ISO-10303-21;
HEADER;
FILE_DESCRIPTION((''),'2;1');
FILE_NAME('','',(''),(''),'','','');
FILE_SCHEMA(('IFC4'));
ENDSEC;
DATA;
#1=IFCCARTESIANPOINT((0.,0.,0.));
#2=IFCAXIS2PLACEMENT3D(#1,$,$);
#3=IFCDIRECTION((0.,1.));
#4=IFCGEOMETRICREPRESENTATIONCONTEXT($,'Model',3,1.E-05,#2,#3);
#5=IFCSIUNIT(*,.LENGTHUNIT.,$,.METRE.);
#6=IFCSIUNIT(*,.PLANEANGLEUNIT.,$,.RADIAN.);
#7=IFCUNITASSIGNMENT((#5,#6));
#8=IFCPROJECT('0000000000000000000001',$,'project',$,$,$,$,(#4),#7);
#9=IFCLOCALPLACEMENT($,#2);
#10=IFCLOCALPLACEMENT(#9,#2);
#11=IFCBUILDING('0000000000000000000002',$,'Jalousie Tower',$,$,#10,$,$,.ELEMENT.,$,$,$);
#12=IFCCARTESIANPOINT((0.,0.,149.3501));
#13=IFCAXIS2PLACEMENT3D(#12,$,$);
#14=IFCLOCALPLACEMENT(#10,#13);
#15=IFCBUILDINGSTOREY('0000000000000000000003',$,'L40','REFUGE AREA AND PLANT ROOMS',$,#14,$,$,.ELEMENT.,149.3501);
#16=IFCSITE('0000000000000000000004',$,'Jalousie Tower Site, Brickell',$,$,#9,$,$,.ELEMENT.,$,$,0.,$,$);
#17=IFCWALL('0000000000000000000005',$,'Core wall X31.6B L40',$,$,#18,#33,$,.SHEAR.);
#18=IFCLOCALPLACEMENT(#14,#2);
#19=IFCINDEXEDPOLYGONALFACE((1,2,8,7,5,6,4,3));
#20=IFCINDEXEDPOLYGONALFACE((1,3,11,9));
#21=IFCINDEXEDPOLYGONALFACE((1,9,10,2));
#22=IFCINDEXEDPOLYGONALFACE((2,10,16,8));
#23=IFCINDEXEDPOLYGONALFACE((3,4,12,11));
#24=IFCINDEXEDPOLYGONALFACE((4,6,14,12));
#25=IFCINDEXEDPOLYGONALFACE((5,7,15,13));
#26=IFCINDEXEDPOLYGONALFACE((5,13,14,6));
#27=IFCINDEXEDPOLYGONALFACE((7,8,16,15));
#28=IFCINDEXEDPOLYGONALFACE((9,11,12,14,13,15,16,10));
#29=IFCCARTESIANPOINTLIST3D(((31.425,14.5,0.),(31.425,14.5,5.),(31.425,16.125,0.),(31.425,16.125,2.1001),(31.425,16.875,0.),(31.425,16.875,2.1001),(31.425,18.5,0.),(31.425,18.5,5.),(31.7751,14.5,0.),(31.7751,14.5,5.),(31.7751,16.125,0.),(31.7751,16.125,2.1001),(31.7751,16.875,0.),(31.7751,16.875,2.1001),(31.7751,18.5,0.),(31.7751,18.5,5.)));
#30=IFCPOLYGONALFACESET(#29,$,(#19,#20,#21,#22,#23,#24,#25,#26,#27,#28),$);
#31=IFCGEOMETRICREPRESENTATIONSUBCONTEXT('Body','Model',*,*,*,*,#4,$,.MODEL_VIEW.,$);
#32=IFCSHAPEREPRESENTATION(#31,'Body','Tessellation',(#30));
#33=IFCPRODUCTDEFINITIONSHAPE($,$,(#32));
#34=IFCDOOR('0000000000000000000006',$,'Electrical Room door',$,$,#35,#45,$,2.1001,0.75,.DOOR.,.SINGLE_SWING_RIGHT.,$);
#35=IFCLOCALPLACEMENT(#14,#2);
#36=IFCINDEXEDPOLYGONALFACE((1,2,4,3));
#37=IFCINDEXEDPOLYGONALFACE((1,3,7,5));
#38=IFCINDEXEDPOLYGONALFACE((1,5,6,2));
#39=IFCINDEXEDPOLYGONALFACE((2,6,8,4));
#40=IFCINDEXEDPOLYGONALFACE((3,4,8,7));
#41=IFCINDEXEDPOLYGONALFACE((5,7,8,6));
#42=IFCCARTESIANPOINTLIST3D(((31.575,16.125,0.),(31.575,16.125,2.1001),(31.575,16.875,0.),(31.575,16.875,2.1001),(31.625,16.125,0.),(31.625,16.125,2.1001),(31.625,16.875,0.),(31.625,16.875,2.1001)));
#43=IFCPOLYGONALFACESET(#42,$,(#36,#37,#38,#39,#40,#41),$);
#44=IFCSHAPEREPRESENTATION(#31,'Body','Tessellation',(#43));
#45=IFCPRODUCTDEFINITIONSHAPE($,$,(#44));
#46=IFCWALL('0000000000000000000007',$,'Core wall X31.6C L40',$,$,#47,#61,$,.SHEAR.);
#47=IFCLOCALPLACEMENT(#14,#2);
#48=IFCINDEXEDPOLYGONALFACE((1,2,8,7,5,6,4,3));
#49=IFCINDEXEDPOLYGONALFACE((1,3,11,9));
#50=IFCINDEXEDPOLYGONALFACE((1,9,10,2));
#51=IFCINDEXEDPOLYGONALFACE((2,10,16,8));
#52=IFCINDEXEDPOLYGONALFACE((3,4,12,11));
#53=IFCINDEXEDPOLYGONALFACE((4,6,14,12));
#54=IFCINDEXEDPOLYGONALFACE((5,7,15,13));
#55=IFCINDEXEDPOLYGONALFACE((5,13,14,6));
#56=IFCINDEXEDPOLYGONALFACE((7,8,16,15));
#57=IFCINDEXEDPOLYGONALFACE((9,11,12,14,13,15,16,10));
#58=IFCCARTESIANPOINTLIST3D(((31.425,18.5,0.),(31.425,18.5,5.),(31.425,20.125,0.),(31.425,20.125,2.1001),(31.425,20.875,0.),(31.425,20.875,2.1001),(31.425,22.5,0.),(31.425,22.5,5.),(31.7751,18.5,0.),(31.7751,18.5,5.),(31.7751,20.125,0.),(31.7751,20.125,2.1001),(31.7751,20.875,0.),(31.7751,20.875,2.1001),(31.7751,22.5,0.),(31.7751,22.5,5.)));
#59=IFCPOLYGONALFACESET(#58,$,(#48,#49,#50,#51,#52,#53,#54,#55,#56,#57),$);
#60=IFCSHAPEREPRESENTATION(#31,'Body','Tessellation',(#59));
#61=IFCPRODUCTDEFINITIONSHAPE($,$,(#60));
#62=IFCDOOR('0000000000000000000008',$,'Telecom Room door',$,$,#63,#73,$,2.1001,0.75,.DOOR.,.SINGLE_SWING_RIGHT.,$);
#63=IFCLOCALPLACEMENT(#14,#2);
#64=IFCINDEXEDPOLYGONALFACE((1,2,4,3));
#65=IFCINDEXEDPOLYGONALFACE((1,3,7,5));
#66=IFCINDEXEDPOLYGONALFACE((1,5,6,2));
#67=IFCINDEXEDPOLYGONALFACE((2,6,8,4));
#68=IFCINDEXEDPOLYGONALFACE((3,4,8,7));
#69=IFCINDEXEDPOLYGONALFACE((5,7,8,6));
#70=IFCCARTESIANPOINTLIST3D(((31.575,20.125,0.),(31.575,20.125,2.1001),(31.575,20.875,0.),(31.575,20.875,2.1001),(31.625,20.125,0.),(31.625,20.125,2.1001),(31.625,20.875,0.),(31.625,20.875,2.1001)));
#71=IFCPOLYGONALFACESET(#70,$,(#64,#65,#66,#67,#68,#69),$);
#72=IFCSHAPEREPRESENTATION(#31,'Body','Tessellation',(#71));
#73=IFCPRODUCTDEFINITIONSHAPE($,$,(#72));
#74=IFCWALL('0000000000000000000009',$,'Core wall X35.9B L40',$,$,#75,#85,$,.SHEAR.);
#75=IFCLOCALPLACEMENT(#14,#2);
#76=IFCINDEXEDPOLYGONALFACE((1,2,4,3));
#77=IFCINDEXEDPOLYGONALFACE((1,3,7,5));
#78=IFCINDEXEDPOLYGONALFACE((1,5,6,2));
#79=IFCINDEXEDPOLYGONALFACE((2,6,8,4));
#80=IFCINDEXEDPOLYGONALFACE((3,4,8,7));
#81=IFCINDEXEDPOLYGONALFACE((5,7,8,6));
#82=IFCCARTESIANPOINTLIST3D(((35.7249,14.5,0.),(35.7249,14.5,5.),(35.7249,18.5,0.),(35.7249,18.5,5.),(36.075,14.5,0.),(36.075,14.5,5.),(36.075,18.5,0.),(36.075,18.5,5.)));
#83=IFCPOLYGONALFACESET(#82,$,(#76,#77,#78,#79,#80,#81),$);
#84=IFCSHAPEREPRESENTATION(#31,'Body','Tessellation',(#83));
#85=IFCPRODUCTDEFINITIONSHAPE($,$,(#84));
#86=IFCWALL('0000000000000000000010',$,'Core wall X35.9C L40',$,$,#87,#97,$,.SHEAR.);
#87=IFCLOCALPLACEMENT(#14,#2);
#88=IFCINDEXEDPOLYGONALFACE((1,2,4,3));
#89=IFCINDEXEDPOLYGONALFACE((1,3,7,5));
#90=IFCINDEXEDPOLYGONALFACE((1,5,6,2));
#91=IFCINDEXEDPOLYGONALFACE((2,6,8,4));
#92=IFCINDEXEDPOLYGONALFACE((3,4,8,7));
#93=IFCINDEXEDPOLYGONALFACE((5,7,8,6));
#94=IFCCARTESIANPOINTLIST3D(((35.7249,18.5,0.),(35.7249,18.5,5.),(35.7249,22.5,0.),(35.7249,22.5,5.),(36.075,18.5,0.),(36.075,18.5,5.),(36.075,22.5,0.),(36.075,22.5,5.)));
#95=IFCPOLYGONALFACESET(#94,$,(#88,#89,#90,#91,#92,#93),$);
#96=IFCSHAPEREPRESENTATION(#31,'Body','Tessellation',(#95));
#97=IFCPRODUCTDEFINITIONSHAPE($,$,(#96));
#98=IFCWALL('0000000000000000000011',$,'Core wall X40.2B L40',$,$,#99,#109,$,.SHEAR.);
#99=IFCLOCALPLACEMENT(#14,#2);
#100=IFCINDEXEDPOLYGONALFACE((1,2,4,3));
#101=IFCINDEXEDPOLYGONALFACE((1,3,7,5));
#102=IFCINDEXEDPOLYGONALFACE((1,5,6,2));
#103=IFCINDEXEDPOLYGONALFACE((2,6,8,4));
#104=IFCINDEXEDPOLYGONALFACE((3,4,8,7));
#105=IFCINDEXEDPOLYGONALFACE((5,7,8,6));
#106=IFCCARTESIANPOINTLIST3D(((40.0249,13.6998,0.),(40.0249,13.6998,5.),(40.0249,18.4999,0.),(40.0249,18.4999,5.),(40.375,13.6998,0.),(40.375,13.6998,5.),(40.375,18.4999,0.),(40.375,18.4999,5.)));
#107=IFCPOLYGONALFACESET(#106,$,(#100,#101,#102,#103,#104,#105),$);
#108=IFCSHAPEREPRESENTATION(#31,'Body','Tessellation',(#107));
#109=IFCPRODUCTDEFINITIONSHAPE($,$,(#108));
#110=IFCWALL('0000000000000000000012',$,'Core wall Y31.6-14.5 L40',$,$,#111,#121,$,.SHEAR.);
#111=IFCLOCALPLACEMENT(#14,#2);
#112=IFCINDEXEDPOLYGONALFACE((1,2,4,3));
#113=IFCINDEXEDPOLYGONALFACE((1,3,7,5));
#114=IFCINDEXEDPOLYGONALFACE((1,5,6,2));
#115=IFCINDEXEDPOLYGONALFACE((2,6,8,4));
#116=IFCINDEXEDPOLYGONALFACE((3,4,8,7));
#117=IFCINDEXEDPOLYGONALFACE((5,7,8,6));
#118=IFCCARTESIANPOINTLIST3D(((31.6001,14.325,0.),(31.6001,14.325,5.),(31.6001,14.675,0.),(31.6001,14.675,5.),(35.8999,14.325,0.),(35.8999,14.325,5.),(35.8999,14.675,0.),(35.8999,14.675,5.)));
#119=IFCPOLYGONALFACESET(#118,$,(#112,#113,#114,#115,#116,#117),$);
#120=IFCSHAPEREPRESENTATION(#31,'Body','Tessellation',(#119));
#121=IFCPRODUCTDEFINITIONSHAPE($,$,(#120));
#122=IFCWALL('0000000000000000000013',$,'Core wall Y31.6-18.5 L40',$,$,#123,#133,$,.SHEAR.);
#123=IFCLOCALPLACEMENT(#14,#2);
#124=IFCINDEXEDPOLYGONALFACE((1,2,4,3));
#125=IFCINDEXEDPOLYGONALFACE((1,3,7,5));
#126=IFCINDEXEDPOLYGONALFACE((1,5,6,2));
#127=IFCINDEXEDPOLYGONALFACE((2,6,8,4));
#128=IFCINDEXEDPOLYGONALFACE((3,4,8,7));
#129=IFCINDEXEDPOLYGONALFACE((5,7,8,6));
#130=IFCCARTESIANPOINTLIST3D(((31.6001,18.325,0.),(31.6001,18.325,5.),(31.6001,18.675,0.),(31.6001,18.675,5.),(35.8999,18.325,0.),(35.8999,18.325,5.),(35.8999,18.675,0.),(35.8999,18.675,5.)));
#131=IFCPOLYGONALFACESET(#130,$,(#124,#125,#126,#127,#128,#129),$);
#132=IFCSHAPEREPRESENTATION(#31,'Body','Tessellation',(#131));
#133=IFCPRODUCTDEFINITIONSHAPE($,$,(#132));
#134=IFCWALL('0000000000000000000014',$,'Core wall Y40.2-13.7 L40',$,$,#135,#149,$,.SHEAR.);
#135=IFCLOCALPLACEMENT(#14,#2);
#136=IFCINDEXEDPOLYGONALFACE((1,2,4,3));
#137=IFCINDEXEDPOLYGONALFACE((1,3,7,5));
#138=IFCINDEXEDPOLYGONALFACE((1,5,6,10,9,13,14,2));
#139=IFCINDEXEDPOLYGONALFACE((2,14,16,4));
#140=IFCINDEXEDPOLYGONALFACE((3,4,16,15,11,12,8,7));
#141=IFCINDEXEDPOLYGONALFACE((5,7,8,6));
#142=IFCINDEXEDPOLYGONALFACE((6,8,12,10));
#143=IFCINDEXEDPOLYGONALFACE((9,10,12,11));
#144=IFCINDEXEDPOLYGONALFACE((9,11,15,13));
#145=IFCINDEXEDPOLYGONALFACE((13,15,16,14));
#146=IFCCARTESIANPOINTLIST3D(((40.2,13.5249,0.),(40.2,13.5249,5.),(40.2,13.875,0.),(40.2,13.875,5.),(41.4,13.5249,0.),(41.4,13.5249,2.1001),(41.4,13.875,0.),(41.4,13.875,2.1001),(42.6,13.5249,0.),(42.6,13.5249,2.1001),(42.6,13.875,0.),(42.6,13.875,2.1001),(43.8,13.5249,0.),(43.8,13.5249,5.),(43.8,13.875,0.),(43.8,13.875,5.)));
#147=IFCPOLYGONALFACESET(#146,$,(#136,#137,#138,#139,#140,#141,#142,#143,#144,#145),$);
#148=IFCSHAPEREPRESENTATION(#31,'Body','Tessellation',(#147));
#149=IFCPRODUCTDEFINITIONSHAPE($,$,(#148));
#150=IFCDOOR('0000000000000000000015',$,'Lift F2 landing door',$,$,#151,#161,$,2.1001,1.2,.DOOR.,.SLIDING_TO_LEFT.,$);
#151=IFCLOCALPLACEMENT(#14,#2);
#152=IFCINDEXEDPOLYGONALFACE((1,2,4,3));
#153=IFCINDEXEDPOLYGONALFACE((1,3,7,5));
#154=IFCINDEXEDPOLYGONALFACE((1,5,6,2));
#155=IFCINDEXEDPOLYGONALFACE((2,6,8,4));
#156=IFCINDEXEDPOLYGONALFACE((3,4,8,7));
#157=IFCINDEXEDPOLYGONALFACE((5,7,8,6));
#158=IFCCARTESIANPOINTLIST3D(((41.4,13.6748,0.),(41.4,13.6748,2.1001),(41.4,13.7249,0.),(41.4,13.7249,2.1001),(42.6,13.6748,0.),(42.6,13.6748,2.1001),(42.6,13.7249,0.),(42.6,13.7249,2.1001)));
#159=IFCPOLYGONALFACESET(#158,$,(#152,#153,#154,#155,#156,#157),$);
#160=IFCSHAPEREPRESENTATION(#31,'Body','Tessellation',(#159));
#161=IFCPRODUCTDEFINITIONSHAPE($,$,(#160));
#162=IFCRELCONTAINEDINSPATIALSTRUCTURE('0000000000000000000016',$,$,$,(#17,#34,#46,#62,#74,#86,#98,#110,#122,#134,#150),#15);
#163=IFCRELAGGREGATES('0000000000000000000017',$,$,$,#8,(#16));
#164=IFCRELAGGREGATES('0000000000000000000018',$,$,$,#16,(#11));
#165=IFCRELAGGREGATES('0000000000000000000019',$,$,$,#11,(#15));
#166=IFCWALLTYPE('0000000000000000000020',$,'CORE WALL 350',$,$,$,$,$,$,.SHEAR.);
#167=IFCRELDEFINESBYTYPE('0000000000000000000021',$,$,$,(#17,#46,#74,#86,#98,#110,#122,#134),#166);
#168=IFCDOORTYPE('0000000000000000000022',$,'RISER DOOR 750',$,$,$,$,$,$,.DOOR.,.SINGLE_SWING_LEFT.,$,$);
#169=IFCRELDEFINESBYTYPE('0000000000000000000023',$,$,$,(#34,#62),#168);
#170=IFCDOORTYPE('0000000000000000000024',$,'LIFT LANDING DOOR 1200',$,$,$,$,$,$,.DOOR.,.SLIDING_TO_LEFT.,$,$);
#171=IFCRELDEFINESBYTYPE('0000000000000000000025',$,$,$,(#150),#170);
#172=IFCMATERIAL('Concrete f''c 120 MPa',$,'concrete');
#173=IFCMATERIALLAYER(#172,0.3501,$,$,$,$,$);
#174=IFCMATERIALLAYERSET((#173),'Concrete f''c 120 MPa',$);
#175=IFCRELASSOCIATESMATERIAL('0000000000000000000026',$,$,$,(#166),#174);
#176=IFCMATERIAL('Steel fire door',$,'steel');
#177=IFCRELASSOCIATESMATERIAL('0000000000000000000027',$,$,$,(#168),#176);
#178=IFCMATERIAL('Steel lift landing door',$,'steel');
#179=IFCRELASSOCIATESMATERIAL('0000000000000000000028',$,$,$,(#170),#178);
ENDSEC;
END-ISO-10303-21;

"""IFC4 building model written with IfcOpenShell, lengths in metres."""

from ifc_helpers import new_model, si_unit, direction, frame, frame_2d, origin, place, context, subcontext, project, spatial, rectangle, extrude, material, layer, layer_set, type_object, element, fill, save


model = new_model("IFC4")

# Units and contexts
model_context = context("Model", 3, precision=1e-05, world=origin(), true_north=direction((0.0, 1.0)))
body_context = subcontext(model_context, "Body", "Model", "MODEL_VIEW")
ifc_project = project(units=[si_unit("LENGTHUNIT", "METRE"), si_unit("PLANEANGLEUNIT", "RADIAN")], contexts=[model_context])

# Site, building, storey
site_placement = place(None, origin())
site = spatial("IfcSite", under=ifc_project, at=site_placement, Name="Jalousie Tower Site, Brickell", CompositionType="ELEMENT", RefElevation=0.0)
building_placement = place(site_placement, origin())
building = spatial("IfcBuilding", under=site, at=building_placement, Name="Jalousie Tower", CompositionType="ELEMENT")
storey_placement = place(building_placement, frame((0.0, 0.0, 149.3501)))
storey = spatial("IfcBuildingStorey", under=building, at=storey_placement, Name="L40", Description="REFUGE AREA AND PLANT ROOMS", CompositionType="ELEMENT", Elevation=149.3501)

# Walls, openings, doors
ifc_material_1 = material(Name="Concrete f'c 120 MPa", Category="concrete")
ifc_layer = layer(ifc_material_1, 0.3501)
ifc_layer_set = layer_set([ifc_layer], Name="Concrete f'c 120 MPa")
wall_type = type_object("IfcWallType", Name="CORE WALL 350", PredefinedType="SHEAR", material=ifc_layer_set)
wall_1_placement = place(storey_placement, frame((31.6001, 14.5, 0.0), z_axis=(0.0, 0.0, 1.0), x_axis=(0.0, 1.0, 0.0)))
wall_1 = element("IfcWall", 1, at=wall_1_placement, inside=storey, type_object=wall_type, Name="Core wall X31.6B L40", PredefinedType="SHEAR", context=body_context, shape_type="SweptSolid", body=[
    extrude(rectangle(XDim=4.0, YDim=0.3501, at=frame_2d((2.0, 0.0))), origin(), (0.0, 0.0, 1.0), 5.0),
])
opening_1_placement = place(wall_1_placement, frame((1.625, 0.0, 0.0)))
opening_1 = element("IfcOpeningElement", 2, at=opening_1_placement, cuts=wall_1, PredefinedType="OPENING", context=body_context, shape_type="SweptSolid", body=[
    extrude(rectangle(XDim=0.75, YDim=2.1001, at=frame_2d((0.375, 1.05))), frame((0.0, 0.1851, 0.0), z_axis=(0.0, -1.0, 0.0), x_axis=(1.0, 0.0, 0.0)), (0.0, 0.0, 1.0), 0.3701),
])
ifc_material_2 = material(Name="Steel fire door", Category="steel")
door_type_1 = type_object("IfcDoorType", Name="RISER DOOR 750", OperationType="SINGLE_SWING_LEFT", PredefinedType="DOOR", material=ifc_material_2)
door_1_placement = place(opening_1_placement, frame((0.75, 0.0, 0.0), z_axis=(0.0, 0.0, 1.0), x_axis=(-1.0, 0.0, 0.0)))
door_1 = element("IfcDoor", 3, at=door_1_placement, inside=storey, type_object=door_type_1, Name="Electrical Room door", OperationType="SINGLE_SWING_RIGHT", OverallHeight=2.1001, OverallWidth=0.75, PredefinedType="DOOR", context=body_context, shape_type="SweptSolid", body=[
    extrude(rectangle(XDim=0.75, YDim=2.1001, at=frame_2d((0.375, 1.05))), frame((0.0, 0.0249, 0.0), z_axis=(0.0, -1.0, 0.0), x_axis=(1.0, 0.0, 0.0)), (0.0, 0.0, 1.0), 0.05),
])
fill(opening_1, door_1)
wall_2_placement = place(storey_placement, frame((31.6001, 18.5, 0.0), z_axis=(0.0, 0.0, 1.0), x_axis=(0.0, 1.0, 0.0)))
wall_2 = element("IfcWall", 4, at=wall_2_placement, inside=storey, type_object=wall_type, Name="Core wall X31.6C L40", PredefinedType="SHEAR", context=body_context, shape_type="SweptSolid", body=[
    extrude(rectangle(XDim=4.0, YDim=0.3501, at=frame_2d((2.0, 0.0))), origin(), (0.0, 0.0, 1.0), 5.0),
])
opening_2_placement = place(wall_2_placement, frame((1.625, 0.0, 0.0)))
opening_2 = element("IfcOpeningElement", 5, at=opening_2_placement, cuts=wall_2, PredefinedType="OPENING", context=body_context, shape_type="SweptSolid", body=[
    extrude(rectangle(XDim=0.75, YDim=2.1001, at=frame_2d((0.375, 1.05))), frame((0.0, 0.1851, 0.0), z_axis=(0.0, -1.0, 0.0), x_axis=(1.0, 0.0, 0.0)), (0.0, 0.0, 1.0), 0.3701),
])
door_2_placement = place(opening_2_placement, frame((0.75, 0.0, 0.0), z_axis=(0.0, 0.0, 1.0), x_axis=(-1.0, 0.0, 0.0)))
door_2 = element("IfcDoor", 6, at=door_2_placement, inside=storey, type_object=door_type_1, Name="Telecom Room door", OperationType="SINGLE_SWING_RIGHT", OverallHeight=2.1001, OverallWidth=0.75, PredefinedType="DOOR", context=body_context, shape_type="SweptSolid", body=[
    extrude(rectangle(XDim=0.75, YDim=2.1001, at=frame_2d((0.375, 1.05))), frame((0.0, 0.0249, 0.0), z_axis=(0.0, -1.0, 0.0), x_axis=(1.0, 0.0, 0.0)), (0.0, 0.0, 1.0), 0.05),
])
fill(opening_2, door_2)

# Walls
for number, where, z_axis, x_axis, name in (
    (7, (35.8999, 14.5, 0.0), (0.0, 0.0, 1.0), (0.0, 1.0, 0.0), "Core wall X35.9B L40"),
    (8, (35.8999, 18.5, 0.0), (0.0, 0.0, 1.0), (0.0, 1.0, 0.0), "Core wall X35.9C L40"),
):
    element("IfcWall", number, at=place(storey_placement, frame(where, z_axis=z_axis, x_axis=x_axis)), inside=storey, type_object=wall_type, Name=name, PredefinedType="SHEAR", context=body_context, shape_type="SweptSolid", body=[
        extrude(rectangle(XDim=4.0, YDim=0.3501, at=frame_2d((2.0, 0.0))), origin(), (0.0, 0.0, 1.0), 5.0),
    ])
wall_3_placement = place(storey_placement, frame((40.2, 13.7, 0.0), z_axis=(0.0, 0.0, 1.0), x_axis=(0.0, 1.0, 0.0)))
element("IfcWall", 9, at=wall_3_placement, inside=storey, type_object=wall_type, Name="Core wall X40.2B L40", PredefinedType="SHEAR", context=body_context, shape_type="SweptSolid", body=[
    extrude(rectangle(XDim=4.8, YDim=0.3501, at=frame_2d((2.3999, 0.0))), origin(), (0.0, 0.0, 1.0), 5.0),
])
for number, where, z_axis, x_axis, name in (
    (10, (31.6001, 14.5, 0.0), (0.0, 0.0, 1.0), (1.0, 0.0, 0.0), "Core wall Y31.6-14.5 L40"),
    (11, (31.6001, 18.5, 0.0), (0.0, 0.0, 1.0), (1.0, 0.0, 0.0), "Core wall Y31.6-18.5 L40"),
):
    element("IfcWall", number, at=place(storey_placement, frame(where, z_axis=z_axis, x_axis=x_axis)), inside=storey, type_object=wall_type, Name=name, PredefinedType="SHEAR", context=body_context, shape_type="SweptSolid", body=[
        extrude(rectangle(XDim=4.2998, YDim=0.3501, at=frame_2d((2.1499, 0.0))), origin(), (0.0, 0.0, 1.0), 5.0),
    ])

# Wall, opening, door
wall_4_placement = place(storey_placement, frame((40.2, 13.7, 0.0), z_axis=(0.0, 0.0, 1.0), x_axis=(1.0, 0.0, 0.0)))
wall_4 = element("IfcWall", 12, at=wall_4_placement, inside=storey, type_object=wall_type, Name="Core wall Y40.2-13.7 L40", PredefinedType="SHEAR", context=body_context, shape_type="SweptSolid", body=[
    extrude(rectangle(XDim=3.6001, YDim=0.3501, at=frame_2d((1.8, 0.0))), origin(), (0.0, 0.0, 1.0), 5.0),
])
opening_3_placement = place(wall_4_placement, frame((1.2, 0.0, 0.0)))
opening_3 = element("IfcOpeningElement", 13, at=opening_3_placement, cuts=wall_4, PredefinedType="OPENING", context=body_context, shape_type="SweptSolid", body=[
    extrude(rectangle(XDim=1.2, YDim=2.1001, at=frame_2d((0.6001, 1.05))), frame((0.0, 0.1851, 0.0), z_axis=(0.0, -1.0, 0.0), x_axis=(1.0, 0.0, 0.0)), (0.0, 0.0, 1.0), 0.3701),
])
ifc_material_3 = material(Name="Steel lift landing door", Category="steel")
door_type_2 = type_object("IfcDoorType", Name="LIFT LANDING DOOR 1200", OperationType="SLIDING_TO_LEFT", PredefinedType="DOOR", material=ifc_material_3)
door_3_placement = place(opening_3_placement, origin())
door_3 = element("IfcDoor", 14, at=door_3_placement, inside=storey, type_object=door_type_2, Name="Lift F2 landing door", OperationType="SLIDING_TO_LEFT", OverallHeight=2.1001, OverallWidth=1.2, PredefinedType="DOOR", context=body_context, shape_type="SweptSolid", body=[
    extrude(rectangle(XDim=1.2, YDim=2.1001, at=frame_2d((0.6001, 1.05))), frame((0.0, 0.0249, 0.0), z_axis=(0.0, -1.0, 0.0), x_axis=(1.0, 0.0, 0.0)), (0.0, 0.0, 1.0), 0.05),
])
fill(opening_3, door_3)

save(model, "model.ifc")
